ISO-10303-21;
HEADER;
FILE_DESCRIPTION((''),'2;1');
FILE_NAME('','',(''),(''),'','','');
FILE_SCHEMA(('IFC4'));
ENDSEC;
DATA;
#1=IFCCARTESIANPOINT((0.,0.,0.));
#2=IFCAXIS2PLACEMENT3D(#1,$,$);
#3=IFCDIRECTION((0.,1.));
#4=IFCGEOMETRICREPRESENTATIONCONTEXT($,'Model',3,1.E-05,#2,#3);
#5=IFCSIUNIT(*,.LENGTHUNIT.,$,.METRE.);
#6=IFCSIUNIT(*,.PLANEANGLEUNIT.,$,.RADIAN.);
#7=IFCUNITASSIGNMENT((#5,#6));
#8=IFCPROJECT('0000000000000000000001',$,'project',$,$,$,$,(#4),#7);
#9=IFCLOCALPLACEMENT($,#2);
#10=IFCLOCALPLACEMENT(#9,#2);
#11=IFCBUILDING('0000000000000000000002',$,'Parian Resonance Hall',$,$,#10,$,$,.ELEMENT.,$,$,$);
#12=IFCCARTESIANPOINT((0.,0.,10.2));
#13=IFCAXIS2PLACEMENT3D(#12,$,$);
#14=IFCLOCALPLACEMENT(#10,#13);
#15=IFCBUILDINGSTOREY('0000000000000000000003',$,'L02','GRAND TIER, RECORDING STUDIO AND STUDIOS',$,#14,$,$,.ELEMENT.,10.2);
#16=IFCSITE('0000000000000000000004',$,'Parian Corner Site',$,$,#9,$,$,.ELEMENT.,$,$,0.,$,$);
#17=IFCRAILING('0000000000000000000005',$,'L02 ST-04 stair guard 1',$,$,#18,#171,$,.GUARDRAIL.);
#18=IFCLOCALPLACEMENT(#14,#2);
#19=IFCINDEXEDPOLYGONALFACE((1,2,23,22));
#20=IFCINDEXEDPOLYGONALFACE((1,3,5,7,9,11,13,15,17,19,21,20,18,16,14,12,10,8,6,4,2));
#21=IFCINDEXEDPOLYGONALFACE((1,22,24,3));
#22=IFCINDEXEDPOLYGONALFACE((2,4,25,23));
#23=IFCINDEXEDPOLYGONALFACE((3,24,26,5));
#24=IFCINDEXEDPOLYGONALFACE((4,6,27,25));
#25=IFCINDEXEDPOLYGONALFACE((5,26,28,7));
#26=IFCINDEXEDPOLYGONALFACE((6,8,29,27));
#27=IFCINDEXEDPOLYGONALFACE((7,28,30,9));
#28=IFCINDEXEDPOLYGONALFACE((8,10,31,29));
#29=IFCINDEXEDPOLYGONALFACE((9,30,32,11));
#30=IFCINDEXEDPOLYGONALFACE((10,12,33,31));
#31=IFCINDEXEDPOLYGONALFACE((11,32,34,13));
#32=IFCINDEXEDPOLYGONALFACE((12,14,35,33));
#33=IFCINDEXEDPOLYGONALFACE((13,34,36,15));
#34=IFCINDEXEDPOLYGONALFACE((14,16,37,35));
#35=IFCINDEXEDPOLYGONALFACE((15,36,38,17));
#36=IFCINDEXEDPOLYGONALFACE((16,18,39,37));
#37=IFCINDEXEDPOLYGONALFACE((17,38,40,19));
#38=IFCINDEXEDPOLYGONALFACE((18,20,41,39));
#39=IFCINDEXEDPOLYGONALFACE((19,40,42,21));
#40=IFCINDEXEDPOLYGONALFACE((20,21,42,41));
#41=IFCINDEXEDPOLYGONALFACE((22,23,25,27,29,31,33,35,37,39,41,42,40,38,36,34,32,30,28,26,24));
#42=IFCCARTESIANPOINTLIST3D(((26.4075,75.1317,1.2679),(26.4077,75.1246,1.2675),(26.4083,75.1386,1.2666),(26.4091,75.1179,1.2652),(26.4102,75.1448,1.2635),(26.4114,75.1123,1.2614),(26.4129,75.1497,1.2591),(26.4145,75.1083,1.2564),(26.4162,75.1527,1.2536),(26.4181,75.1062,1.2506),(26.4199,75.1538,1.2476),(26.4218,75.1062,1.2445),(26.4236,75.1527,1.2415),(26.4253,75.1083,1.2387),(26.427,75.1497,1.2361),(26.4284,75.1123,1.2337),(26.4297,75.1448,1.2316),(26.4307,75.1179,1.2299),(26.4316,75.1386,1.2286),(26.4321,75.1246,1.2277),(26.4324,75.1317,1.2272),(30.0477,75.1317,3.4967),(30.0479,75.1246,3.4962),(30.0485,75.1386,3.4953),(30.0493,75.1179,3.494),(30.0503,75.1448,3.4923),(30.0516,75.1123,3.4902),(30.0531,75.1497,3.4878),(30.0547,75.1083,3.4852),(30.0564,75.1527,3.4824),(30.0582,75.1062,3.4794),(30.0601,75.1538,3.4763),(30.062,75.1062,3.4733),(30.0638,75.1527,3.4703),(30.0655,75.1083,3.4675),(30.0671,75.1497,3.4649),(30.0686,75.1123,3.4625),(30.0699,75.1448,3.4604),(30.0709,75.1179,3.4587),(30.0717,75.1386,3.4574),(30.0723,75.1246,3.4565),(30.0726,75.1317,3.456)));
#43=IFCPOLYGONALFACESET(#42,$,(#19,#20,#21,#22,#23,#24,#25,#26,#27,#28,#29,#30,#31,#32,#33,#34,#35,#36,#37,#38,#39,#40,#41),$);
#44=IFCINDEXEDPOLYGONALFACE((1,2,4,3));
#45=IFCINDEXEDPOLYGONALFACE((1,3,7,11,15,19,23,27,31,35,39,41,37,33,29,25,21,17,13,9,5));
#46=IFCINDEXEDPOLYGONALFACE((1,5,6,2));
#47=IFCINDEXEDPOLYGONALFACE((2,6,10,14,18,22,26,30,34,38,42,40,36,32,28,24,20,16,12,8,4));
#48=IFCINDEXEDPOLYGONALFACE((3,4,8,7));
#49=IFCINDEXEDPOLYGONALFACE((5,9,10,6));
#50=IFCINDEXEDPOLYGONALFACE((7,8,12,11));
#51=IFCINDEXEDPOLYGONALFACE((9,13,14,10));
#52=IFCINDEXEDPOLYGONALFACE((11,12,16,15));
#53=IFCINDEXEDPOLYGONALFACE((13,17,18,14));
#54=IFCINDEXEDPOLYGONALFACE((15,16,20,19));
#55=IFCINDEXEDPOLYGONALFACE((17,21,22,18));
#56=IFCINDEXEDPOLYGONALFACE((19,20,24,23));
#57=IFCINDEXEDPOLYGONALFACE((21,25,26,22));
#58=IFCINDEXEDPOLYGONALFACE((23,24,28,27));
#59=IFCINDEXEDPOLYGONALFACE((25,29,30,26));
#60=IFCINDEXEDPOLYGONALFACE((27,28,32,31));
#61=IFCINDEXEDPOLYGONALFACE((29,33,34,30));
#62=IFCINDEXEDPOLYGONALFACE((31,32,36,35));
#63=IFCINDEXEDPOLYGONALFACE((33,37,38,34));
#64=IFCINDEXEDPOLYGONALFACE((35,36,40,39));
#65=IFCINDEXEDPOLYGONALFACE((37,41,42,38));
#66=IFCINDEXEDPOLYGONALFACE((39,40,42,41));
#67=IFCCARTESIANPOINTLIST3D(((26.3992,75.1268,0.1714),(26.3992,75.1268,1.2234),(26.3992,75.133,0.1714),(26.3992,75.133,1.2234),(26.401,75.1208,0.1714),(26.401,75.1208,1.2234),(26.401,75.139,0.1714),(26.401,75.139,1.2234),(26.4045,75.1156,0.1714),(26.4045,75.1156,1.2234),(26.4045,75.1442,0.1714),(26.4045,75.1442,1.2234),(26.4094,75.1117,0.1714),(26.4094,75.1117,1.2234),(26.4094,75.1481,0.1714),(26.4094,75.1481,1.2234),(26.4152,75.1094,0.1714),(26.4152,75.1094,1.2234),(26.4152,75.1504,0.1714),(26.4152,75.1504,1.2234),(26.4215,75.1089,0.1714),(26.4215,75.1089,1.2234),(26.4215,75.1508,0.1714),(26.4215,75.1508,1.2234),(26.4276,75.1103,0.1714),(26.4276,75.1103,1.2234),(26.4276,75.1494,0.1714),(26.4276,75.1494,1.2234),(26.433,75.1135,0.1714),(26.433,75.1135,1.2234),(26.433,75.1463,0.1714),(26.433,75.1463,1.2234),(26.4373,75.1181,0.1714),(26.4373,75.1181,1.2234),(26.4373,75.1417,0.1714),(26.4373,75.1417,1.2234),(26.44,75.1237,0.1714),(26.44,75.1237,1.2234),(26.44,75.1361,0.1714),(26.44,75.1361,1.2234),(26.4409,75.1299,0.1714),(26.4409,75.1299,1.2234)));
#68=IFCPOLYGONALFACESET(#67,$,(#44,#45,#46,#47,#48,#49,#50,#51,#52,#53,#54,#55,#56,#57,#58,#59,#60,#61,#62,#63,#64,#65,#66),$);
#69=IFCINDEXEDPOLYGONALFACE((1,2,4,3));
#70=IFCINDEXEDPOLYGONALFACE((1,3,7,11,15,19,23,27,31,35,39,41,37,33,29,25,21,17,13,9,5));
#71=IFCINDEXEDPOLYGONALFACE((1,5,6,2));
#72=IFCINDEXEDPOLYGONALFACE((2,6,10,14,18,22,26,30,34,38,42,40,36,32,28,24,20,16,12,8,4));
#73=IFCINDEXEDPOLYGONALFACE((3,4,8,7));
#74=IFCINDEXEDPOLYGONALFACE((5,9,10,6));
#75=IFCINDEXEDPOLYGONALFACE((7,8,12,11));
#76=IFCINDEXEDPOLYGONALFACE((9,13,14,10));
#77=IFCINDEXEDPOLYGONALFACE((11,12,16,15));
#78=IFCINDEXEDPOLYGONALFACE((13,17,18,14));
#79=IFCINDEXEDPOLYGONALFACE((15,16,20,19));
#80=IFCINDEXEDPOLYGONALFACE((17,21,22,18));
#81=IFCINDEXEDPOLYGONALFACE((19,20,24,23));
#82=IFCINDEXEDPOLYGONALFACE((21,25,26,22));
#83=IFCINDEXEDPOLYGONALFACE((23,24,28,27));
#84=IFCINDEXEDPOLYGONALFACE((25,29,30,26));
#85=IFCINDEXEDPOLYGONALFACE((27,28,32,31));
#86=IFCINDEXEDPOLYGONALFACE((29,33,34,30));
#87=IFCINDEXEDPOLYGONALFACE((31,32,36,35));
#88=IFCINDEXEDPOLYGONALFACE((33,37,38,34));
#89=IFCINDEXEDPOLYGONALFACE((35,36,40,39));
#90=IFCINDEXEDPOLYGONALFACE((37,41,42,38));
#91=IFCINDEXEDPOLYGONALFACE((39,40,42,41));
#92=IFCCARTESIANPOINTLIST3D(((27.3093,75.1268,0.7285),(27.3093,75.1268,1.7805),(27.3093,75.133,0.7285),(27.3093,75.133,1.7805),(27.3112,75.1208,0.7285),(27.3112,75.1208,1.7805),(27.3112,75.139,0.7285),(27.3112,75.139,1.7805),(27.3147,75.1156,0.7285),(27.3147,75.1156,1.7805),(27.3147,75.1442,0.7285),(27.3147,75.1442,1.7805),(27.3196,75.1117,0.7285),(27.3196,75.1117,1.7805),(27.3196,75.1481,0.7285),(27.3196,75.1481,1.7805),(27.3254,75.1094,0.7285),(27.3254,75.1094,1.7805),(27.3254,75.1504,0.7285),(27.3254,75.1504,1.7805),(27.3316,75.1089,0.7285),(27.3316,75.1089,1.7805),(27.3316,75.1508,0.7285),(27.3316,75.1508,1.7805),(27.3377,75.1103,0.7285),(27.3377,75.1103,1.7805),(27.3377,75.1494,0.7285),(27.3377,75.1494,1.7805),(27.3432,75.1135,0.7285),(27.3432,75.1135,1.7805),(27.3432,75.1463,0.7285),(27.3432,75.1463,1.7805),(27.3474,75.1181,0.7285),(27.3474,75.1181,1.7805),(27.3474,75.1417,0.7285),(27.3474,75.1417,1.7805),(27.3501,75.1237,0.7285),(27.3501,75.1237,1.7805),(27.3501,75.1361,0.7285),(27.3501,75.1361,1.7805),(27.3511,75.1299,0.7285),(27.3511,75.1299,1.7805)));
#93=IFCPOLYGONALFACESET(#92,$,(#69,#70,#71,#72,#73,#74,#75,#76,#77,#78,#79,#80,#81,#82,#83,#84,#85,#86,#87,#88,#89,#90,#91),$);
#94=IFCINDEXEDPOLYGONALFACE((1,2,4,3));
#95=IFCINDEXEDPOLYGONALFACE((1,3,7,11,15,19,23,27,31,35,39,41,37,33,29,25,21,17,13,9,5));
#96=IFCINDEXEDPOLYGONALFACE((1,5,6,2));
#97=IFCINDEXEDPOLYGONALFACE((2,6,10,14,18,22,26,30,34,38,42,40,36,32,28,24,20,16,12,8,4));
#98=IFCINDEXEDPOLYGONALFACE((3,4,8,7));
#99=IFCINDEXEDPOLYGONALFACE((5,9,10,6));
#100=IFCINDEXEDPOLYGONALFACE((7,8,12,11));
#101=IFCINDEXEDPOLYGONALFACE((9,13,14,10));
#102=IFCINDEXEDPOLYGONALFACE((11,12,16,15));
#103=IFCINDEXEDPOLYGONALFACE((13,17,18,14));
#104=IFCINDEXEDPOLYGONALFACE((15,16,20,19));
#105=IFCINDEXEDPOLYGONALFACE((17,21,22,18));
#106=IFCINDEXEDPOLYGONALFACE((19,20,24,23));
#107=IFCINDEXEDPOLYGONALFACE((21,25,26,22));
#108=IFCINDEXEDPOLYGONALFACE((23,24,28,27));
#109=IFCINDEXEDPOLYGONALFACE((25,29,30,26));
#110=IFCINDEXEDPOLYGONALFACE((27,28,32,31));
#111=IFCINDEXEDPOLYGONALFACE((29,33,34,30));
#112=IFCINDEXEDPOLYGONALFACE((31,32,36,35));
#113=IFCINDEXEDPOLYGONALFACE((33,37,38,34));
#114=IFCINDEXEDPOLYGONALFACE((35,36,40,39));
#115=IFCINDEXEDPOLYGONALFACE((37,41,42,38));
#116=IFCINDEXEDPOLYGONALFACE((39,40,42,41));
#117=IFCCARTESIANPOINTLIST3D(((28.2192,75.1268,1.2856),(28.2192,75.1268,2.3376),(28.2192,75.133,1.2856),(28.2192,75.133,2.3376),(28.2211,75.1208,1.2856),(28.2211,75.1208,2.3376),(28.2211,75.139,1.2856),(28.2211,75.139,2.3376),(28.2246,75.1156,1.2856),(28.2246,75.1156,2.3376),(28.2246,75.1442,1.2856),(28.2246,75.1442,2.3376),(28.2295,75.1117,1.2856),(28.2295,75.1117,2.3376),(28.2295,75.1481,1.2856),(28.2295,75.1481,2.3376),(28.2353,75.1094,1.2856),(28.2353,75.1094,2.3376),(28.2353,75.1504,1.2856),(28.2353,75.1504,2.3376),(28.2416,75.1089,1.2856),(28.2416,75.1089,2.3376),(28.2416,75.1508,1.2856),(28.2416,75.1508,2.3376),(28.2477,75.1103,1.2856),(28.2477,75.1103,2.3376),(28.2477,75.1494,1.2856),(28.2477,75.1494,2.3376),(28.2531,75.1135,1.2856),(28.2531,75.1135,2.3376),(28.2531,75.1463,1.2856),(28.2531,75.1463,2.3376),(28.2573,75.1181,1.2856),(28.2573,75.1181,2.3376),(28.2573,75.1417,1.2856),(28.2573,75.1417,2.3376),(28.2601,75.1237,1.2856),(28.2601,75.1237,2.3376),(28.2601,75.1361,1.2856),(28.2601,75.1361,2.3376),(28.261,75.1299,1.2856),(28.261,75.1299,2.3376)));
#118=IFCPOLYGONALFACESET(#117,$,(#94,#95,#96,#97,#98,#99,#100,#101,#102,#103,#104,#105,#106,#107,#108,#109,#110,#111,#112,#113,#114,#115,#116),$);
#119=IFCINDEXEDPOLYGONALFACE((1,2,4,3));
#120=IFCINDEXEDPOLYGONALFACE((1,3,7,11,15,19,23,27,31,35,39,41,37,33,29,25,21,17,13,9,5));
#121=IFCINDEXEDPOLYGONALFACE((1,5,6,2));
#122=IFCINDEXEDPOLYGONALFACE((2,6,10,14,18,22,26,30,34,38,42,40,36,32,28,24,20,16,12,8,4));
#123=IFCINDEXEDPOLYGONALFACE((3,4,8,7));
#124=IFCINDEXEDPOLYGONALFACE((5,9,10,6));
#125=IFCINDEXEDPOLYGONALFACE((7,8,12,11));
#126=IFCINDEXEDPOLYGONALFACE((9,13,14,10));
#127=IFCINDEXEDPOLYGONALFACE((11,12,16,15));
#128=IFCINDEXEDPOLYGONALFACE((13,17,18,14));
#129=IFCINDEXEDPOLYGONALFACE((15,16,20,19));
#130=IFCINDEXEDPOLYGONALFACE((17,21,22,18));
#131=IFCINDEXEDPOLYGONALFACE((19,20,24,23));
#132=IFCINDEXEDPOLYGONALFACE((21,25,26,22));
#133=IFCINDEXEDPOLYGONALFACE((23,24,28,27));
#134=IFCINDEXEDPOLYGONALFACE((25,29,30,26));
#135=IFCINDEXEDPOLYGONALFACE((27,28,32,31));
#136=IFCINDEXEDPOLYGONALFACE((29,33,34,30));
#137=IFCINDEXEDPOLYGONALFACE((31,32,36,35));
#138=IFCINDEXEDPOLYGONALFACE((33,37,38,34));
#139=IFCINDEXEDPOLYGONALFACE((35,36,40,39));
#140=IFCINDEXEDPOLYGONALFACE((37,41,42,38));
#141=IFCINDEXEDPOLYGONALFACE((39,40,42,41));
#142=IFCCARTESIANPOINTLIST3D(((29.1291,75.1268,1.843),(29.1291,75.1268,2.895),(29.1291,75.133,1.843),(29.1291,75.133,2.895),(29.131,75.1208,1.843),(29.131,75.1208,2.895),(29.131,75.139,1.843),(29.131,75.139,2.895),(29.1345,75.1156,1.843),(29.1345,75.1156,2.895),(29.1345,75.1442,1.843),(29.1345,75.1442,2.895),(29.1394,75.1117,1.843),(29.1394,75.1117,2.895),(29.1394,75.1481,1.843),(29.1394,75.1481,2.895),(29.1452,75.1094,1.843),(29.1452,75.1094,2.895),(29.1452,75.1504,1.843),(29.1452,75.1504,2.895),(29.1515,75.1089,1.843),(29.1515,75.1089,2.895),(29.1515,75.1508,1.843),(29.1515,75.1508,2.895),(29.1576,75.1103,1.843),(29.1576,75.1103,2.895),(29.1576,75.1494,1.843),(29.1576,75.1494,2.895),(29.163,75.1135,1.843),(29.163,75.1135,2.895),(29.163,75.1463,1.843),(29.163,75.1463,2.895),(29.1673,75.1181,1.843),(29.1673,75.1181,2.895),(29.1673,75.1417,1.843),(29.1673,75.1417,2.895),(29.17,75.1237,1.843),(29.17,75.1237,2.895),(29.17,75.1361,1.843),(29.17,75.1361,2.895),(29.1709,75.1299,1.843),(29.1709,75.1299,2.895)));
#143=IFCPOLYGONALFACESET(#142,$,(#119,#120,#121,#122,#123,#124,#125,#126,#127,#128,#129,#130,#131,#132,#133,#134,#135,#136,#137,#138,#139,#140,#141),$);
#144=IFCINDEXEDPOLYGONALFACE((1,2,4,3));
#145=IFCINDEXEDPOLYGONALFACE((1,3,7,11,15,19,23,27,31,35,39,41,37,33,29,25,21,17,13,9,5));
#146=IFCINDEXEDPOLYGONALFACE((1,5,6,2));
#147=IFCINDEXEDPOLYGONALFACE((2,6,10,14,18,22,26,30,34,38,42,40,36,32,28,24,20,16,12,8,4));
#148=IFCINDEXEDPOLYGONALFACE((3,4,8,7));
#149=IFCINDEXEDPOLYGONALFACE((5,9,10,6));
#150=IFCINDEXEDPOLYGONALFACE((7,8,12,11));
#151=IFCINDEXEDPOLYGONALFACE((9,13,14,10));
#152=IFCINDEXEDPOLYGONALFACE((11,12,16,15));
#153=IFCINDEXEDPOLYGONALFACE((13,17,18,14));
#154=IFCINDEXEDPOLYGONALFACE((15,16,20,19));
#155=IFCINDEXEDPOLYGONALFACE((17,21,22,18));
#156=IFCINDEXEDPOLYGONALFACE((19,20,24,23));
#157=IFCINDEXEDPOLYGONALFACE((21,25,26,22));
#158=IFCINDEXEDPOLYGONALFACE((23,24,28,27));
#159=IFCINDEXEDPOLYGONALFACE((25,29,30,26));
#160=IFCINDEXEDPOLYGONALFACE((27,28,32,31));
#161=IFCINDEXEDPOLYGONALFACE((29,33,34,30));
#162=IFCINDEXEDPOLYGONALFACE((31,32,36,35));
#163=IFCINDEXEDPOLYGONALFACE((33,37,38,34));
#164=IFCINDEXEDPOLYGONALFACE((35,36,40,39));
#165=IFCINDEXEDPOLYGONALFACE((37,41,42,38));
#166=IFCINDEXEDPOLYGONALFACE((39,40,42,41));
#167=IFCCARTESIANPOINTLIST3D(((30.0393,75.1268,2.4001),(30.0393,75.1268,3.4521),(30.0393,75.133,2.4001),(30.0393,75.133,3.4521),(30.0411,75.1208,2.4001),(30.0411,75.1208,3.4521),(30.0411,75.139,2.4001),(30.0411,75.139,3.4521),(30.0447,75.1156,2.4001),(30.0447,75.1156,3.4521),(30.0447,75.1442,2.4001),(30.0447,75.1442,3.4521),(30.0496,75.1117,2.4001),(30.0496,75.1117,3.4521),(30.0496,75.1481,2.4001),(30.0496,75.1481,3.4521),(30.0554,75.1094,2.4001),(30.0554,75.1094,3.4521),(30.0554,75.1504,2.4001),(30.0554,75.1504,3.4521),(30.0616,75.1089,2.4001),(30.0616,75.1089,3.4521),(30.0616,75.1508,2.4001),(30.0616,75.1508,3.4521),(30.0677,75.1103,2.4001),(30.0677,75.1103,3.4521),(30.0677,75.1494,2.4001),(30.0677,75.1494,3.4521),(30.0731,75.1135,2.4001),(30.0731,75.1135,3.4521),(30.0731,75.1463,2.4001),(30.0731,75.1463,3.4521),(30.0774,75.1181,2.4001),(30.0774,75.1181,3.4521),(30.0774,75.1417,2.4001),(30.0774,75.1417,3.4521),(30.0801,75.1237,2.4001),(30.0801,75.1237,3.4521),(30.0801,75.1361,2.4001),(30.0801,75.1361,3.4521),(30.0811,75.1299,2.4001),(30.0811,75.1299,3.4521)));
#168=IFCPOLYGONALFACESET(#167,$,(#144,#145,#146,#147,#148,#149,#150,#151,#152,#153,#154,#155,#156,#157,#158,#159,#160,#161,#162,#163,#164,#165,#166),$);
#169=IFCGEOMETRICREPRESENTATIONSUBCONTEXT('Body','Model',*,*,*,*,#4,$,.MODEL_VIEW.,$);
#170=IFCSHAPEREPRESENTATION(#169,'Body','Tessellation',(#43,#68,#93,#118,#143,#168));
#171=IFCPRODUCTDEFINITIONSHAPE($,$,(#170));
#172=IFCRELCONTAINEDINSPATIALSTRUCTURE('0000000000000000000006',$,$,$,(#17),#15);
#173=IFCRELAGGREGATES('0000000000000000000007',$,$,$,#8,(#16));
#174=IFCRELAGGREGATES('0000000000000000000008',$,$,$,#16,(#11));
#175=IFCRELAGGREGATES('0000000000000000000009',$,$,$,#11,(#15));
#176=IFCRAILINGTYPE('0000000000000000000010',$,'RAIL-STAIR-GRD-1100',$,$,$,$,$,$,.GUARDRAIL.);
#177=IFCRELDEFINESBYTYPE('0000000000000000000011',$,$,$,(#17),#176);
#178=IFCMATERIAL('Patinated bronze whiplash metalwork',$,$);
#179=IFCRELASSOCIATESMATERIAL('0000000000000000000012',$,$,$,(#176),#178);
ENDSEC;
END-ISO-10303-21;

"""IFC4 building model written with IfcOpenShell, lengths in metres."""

from ifc_helpers import new_model, si_unit, direction, frame, origin, origin_2d, place, context, subcontext, project, spatial, circle, extrude, material, type_object, element, save


model = new_model("IFC4")

# Units and contexts
model_context = context("Model", 3, precision=1e-05, world=origin(), true_north=direction((0.0, 1.0)))
body_context = subcontext(model_context, "Body", "Model", "MODEL_VIEW")
ifc_project = project(units=[si_unit("LENGTHUNIT", "METRE"), si_unit("PLANEANGLEUNIT", "RADIAN")], contexts=[model_context])

# Site, building, storey
site_placement = place(None, origin())
site = spatial("IfcSite", under=ifc_project, at=site_placement, Name="Parian Corner Site", CompositionType="ELEMENT", RefElevation=0.0)
building_placement = place(site_placement, origin())
building = spatial("IfcBuilding", under=site, at=building_placement, Name="Parian Resonance Hall", CompositionType="ELEMENT")
storey_placement = place(building_placement, frame((0.0, 0.0, 10.2)))
storey = spatial("IfcBuildingStorey", under=building, at=storey_placement, Name="L02", Description="GRAND TIER, RECORDING STUDIO AND STUDIOS", CompositionType="ELEMENT", Elevation=10.2)

# Railing
ifc_material_1 = material(Name="Patinated bronze whiplash metalwork")
railing_type = type_object("IfcRailingType", Name="RAIL-STAIR-GRD-1100", PredefinedType="GUARDRAIL", material=ifc_material_1)
railing_1_placement = place(storey_placement, frame((26.4199, 75.1299, 0.1714)))
element("IfcRailing", 1, at=railing_1_placement, inside=storey, type_object=railing_type, Name="L02 ST-04 stair guard 1", PredefinedType="GUARDRAIL", context=body_context, shape_type="SweptSolid", body=[
    extrude(circle(Radius=0.0239, at=origin_2d()), frame((0.0, 0.0, 1.0762), z_axis=(0.85284, 0.0, 0.522172), x_axis=(0.0, 1.0, 0.0)), (0.0, 0.0, 1.0), 4.2683),
    extrude(circle(Radius=0.021, at=origin_2d()), origin(), (0.0, 0.0, 1.0), 1.052),
    extrude(circle(Radius=0.021, at=origin_2d()), frame((0.9102, 0.0, 0.5571)), (0.0, 0.0, 1.0), 1.052),
    extrude(circle(Radius=0.021, at=origin_2d()), frame((1.8201, 0.0, 1.1143)), (0.0, 0.0, 1.0), 1.052),
    extrude(circle(Radius=0.021, at=origin_2d()), frame((2.73, 0.0, 1.6716)), (0.0, 0.0, 1.0), 1.052),
    extrude(circle(Radius=0.021, at=origin_2d()), frame((3.6401, 0.0, 2.2288)), (0.0, 0.0, 1.0), 1.052),
])

save(model, "model.ifc")
